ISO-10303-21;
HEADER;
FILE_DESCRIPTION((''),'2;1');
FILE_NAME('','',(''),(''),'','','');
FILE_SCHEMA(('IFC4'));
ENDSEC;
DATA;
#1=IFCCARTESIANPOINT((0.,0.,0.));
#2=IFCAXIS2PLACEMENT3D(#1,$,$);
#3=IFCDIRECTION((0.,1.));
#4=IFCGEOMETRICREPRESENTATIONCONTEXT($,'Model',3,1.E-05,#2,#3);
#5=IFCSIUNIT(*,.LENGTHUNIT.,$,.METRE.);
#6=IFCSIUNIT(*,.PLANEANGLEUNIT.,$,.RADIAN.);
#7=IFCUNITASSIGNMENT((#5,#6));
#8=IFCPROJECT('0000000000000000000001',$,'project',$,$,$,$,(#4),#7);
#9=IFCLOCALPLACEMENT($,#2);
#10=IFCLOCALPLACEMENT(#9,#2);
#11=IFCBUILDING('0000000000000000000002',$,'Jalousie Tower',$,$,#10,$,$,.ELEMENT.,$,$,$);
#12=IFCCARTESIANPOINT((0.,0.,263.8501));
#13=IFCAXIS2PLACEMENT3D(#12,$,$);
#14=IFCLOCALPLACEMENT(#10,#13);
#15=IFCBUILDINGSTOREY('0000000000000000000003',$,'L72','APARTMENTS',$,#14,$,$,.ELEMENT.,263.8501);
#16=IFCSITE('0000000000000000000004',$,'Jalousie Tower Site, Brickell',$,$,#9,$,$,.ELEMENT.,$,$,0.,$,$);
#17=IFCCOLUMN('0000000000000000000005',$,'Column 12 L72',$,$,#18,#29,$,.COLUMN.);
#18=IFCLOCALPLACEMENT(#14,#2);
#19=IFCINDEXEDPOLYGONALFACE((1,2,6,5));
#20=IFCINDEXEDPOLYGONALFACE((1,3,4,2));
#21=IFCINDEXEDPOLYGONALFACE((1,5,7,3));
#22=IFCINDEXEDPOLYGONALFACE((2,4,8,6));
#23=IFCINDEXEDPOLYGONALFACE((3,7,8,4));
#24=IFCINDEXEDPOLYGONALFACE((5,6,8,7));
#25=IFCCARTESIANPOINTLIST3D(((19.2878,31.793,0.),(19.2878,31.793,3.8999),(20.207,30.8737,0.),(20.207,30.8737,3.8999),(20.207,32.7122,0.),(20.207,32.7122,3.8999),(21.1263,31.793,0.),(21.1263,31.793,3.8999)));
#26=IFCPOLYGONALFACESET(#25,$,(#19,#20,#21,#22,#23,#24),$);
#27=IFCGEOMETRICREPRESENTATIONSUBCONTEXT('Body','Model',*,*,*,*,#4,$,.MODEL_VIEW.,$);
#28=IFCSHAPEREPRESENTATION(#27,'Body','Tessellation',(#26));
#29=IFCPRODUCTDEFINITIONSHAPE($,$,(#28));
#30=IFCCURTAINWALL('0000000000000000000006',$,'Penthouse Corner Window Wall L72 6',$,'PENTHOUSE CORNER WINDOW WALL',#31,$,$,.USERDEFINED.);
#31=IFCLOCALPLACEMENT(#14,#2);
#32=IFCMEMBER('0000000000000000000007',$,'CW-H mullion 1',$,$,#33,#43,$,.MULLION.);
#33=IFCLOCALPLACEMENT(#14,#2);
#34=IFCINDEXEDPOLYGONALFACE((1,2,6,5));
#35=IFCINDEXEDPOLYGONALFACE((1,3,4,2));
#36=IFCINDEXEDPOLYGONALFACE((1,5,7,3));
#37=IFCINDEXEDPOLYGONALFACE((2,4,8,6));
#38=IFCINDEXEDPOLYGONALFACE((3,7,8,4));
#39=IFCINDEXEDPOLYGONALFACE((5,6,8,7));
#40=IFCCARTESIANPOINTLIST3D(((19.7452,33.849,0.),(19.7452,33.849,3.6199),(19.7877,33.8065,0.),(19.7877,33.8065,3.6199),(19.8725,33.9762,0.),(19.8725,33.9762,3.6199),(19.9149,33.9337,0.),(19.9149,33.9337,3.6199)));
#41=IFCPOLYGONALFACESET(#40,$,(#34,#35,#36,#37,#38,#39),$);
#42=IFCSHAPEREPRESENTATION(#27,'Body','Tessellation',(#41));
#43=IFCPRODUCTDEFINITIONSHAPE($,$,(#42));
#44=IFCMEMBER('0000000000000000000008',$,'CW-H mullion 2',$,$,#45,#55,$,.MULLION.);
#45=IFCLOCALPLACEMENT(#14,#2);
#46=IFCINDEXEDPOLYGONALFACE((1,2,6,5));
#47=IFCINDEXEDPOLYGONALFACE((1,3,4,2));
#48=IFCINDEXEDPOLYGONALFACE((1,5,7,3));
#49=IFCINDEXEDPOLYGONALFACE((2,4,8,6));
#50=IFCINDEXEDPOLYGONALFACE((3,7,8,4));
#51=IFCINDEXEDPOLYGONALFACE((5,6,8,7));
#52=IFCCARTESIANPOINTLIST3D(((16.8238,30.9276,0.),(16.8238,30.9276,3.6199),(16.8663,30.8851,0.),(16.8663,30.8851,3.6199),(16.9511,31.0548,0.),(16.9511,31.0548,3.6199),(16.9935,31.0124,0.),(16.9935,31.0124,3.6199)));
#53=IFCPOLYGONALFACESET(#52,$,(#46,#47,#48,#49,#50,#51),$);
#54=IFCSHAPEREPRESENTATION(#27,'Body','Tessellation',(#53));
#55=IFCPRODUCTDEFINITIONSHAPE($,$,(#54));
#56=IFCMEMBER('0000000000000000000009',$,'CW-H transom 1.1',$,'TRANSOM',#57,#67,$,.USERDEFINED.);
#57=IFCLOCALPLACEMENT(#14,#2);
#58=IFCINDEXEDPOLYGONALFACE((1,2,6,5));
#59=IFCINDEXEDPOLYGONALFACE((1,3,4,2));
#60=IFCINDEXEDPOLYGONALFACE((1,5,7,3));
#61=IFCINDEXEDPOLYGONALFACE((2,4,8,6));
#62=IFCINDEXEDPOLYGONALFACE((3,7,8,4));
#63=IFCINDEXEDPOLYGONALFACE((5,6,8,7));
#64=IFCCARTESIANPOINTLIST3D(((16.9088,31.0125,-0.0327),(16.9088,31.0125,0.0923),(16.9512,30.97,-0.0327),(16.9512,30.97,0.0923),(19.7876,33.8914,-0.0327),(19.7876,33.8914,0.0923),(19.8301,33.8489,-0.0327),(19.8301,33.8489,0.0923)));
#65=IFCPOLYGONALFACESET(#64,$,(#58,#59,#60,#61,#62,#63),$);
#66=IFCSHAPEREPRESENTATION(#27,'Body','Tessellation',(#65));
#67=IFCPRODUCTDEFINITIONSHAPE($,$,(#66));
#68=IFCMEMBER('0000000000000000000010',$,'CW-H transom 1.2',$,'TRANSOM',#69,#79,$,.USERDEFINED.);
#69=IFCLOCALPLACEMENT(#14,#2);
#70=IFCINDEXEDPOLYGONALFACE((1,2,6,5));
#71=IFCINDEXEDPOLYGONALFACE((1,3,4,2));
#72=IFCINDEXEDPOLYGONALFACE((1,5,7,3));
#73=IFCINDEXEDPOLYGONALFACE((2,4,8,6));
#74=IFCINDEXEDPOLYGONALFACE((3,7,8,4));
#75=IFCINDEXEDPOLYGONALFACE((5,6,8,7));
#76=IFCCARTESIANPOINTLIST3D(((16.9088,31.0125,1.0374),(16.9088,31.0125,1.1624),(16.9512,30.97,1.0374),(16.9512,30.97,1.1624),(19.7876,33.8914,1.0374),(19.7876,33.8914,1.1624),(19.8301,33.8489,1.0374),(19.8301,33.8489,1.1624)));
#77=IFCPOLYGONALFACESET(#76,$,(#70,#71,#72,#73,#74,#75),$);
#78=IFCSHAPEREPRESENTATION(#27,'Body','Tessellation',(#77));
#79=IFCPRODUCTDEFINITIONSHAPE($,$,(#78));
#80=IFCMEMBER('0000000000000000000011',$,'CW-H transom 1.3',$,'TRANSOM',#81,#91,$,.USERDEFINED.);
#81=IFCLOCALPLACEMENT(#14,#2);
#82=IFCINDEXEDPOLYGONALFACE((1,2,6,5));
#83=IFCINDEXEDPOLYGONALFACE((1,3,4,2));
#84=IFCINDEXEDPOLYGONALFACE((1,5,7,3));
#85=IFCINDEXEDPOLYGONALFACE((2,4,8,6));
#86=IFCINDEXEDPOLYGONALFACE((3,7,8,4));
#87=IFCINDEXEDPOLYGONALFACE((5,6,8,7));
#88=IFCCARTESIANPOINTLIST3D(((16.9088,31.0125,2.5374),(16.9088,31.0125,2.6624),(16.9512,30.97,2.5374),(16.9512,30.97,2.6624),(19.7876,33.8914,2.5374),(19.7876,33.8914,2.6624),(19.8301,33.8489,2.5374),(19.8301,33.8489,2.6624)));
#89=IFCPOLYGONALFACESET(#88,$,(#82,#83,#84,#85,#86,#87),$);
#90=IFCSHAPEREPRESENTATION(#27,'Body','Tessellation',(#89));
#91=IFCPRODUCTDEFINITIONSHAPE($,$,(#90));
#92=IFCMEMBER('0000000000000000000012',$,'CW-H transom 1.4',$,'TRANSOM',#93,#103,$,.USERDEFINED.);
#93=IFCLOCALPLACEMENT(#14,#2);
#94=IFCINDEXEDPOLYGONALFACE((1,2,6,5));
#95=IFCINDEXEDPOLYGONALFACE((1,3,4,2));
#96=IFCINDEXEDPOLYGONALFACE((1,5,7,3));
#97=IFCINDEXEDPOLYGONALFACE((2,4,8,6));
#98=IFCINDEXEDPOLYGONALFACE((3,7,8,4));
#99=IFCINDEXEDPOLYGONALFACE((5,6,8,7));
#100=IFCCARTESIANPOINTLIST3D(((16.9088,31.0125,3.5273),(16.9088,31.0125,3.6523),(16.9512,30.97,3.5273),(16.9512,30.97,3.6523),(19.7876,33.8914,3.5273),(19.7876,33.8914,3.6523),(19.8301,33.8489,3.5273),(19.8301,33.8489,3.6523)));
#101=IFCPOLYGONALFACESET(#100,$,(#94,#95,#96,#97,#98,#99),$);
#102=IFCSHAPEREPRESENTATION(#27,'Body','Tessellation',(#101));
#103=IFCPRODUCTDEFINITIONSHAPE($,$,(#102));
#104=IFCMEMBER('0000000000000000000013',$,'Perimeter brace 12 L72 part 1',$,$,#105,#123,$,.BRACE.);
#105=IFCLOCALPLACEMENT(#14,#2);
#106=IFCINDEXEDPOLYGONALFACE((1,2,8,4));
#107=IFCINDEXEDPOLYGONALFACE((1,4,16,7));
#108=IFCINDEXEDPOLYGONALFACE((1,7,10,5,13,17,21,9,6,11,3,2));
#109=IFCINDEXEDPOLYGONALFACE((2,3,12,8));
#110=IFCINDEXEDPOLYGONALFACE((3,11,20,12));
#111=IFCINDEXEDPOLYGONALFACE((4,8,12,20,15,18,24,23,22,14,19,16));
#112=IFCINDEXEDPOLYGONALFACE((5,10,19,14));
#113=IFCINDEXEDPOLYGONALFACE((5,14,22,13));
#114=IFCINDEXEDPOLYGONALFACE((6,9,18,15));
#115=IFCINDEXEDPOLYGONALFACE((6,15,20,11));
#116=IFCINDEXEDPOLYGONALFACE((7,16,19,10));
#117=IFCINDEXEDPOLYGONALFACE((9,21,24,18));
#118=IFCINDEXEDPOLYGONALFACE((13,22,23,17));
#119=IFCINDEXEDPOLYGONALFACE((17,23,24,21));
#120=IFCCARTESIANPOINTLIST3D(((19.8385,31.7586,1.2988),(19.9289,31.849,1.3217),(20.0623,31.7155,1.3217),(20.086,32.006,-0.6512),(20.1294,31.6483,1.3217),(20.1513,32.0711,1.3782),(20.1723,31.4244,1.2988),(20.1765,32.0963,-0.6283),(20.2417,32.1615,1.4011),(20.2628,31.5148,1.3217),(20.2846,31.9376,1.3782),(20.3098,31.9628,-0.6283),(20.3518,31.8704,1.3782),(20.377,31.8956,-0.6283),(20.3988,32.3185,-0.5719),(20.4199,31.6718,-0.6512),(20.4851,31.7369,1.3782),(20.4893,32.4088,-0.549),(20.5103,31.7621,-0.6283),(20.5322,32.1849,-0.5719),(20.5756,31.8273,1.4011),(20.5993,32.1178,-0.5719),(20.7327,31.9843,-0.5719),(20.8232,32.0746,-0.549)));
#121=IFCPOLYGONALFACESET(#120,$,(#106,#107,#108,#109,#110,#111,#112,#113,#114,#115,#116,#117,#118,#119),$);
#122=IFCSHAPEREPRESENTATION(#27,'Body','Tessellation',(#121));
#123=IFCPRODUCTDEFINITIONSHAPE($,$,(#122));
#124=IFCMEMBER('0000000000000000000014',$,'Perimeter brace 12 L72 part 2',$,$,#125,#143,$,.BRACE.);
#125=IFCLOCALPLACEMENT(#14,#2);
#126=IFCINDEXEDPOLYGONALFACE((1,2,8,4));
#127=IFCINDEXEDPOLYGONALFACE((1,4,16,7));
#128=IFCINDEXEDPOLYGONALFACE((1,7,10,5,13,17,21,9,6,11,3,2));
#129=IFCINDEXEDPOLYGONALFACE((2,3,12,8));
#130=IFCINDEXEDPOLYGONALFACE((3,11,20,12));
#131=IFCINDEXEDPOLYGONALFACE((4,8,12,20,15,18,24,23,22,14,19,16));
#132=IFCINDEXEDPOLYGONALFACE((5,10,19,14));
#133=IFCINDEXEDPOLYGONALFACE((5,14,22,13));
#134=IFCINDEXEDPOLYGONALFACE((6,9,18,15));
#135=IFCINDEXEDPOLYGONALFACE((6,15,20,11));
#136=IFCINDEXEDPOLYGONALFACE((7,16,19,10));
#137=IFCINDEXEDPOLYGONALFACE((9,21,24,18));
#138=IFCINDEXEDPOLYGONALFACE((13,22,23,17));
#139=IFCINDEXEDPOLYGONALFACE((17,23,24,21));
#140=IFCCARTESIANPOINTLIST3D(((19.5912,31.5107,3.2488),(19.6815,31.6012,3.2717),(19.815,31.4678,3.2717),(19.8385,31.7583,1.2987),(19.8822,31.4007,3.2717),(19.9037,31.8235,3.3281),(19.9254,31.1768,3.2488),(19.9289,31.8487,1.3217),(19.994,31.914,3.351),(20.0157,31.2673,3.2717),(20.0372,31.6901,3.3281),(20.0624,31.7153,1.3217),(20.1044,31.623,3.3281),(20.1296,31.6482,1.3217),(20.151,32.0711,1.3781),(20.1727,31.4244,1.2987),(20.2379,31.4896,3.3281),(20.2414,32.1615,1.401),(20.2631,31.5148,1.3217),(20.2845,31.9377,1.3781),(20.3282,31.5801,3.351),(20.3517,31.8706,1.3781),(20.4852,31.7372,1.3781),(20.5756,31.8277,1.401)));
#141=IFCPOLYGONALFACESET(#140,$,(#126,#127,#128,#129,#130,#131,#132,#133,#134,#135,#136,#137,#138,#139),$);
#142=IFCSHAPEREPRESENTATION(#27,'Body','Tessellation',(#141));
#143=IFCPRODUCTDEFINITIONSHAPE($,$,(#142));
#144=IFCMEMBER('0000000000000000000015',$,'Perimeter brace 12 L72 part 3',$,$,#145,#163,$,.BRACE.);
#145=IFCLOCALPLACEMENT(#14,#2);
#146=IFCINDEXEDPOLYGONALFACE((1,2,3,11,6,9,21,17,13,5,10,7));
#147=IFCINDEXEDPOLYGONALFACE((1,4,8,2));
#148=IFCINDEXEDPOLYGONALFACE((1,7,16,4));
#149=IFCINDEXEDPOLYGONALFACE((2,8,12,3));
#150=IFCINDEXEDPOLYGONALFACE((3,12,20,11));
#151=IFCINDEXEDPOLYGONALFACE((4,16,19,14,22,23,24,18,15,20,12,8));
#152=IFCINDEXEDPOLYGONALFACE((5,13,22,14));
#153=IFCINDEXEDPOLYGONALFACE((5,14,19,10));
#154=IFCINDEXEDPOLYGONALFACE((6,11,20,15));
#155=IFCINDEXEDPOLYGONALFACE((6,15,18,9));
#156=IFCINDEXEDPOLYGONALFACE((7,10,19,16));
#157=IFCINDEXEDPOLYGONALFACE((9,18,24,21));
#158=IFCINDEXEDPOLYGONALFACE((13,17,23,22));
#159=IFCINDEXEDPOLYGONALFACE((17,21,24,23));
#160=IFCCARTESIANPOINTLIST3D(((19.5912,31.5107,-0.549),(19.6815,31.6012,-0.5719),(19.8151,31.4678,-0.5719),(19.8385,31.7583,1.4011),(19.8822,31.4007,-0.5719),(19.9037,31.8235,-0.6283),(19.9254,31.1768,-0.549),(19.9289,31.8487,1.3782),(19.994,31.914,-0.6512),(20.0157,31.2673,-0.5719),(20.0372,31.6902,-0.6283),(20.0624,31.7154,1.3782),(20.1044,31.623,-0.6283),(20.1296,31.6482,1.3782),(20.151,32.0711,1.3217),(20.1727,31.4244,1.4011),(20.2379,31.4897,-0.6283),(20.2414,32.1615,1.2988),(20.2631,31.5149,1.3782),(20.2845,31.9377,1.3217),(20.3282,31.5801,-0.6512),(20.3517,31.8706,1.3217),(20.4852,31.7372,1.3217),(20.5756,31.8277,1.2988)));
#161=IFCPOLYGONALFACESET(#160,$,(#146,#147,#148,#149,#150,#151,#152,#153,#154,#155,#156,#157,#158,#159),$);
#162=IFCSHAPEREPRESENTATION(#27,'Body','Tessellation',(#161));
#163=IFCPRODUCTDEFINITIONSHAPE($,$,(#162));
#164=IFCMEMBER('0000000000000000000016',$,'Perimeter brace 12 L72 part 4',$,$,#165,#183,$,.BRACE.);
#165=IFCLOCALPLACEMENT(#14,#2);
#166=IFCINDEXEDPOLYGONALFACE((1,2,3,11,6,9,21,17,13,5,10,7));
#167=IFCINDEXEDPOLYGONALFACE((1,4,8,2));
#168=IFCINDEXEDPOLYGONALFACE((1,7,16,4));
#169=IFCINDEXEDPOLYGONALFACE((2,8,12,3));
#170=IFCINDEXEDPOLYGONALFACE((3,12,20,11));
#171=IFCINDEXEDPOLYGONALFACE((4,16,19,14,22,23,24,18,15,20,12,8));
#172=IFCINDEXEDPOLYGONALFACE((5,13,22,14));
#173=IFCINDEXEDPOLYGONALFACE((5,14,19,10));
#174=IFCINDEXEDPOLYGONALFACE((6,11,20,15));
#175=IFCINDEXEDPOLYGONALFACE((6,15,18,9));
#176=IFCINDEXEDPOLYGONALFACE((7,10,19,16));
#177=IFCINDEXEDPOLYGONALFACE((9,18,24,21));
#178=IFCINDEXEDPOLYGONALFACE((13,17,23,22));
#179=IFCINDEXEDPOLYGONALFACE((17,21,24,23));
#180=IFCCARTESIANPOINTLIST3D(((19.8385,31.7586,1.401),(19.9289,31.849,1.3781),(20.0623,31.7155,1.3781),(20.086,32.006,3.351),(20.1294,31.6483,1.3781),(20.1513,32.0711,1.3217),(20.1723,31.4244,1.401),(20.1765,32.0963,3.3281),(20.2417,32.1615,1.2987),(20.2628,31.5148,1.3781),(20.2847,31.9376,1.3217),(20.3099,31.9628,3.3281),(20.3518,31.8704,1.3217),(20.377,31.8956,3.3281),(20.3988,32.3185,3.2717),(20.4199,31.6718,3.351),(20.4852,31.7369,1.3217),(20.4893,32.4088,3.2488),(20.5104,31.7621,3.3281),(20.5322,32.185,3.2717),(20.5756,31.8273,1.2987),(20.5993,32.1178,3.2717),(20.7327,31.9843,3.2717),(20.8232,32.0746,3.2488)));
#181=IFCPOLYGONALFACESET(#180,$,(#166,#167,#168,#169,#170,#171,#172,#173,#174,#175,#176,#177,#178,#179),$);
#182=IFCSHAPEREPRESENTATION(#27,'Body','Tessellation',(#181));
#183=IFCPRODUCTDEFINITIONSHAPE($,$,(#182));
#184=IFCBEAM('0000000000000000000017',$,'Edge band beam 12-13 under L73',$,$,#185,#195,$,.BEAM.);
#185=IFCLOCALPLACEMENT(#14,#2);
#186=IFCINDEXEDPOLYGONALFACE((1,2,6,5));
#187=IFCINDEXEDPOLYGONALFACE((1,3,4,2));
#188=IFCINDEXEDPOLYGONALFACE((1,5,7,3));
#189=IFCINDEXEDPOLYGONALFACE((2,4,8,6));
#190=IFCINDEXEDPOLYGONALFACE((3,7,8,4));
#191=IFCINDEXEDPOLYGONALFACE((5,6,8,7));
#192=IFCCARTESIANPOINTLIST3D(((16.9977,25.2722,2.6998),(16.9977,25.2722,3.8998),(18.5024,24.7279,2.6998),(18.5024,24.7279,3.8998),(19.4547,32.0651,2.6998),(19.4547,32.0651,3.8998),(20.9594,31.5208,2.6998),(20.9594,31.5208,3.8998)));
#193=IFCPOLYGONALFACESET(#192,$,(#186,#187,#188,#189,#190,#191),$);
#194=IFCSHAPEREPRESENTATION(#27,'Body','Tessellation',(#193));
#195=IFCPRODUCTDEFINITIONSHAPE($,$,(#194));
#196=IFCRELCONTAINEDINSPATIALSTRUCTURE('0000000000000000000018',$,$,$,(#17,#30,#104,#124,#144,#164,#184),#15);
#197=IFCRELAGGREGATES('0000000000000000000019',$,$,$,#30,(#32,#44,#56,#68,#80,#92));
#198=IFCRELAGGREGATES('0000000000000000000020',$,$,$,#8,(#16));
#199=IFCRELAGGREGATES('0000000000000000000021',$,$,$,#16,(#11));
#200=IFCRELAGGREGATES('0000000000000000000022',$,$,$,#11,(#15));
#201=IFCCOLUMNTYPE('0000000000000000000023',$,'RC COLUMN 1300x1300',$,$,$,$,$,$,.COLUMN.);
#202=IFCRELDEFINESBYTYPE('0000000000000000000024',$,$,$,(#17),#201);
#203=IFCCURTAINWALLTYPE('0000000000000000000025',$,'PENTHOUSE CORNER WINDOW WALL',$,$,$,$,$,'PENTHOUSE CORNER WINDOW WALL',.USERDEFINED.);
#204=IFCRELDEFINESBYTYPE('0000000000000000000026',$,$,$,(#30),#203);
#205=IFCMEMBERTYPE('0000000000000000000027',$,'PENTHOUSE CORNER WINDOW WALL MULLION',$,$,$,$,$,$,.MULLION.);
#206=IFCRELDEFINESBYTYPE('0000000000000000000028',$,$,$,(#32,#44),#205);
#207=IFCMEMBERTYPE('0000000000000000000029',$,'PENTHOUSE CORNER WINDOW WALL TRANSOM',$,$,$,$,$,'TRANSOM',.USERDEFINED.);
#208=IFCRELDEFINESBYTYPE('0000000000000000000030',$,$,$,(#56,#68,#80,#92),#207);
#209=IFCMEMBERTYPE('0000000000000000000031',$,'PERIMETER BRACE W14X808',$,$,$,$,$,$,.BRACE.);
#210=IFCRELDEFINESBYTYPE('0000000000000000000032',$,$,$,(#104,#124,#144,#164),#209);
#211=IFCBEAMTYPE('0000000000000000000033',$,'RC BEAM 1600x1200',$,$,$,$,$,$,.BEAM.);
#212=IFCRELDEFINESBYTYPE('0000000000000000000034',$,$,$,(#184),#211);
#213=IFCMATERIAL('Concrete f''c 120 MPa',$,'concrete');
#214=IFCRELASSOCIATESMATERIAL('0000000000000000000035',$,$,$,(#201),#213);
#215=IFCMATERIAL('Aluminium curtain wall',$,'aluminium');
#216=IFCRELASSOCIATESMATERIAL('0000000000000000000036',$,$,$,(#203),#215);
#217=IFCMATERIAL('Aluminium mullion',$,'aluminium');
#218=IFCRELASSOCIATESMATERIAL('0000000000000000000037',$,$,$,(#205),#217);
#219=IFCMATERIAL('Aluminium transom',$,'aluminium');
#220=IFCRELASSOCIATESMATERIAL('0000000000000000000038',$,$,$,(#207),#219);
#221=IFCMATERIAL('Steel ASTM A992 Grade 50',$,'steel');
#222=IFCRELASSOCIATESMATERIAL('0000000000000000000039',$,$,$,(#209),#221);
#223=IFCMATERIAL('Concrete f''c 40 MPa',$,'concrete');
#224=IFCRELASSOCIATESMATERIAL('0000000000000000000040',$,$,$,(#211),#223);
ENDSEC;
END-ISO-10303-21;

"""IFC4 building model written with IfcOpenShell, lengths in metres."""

from ifc_helpers import new_model, si_unit, direction, frame, origin, origin_2d, place, context, subcontext, project, spatial, rectangle, i_section, extrude, material, material_profile, profile_set, type_object, element, aggregate, save


model = new_model("IFC4")

# Units and contexts
model_context = context("Model", 3, precision=1e-05, world=origin(), true_north=direction((0.0, 1.0)))
body_context = subcontext(model_context, "Body", "Model", "MODEL_VIEW")
ifc_project = project(units=[si_unit("LENGTHUNIT", "METRE"), si_unit("PLANEANGLEUNIT", "RADIAN")], contexts=[model_context])

# Site, building, storey
site_placement = place(None, origin())
site = spatial("IfcSite", under=ifc_project, at=site_placement, Name="Jalousie Tower Site, Brickell", CompositionType="ELEMENT", RefElevation=0.0)
building_placement = place(site_placement, origin())
building = spatial("IfcBuilding", under=site, at=building_placement, Name="Jalousie Tower", CompositionType="ELEMENT")
storey_placement = place(building_placement, frame((0.0, 0.0, 263.8501)))
storey = spatial("IfcBuildingStorey", under=building, at=storey_placement, Name="L72", Description="APARTMENTS", CompositionType="ELEMENT", Elevation=263.8501)

# Column
ifc_material_1 = material(Name="Concrete f'c 120 MPa", Category="concrete")
ifc_material_profile_1 = material_profile(ifc_material_1, rectangle(XDim=1.3, YDim=1.3, at=origin_2d()), Name="RC 1300x1300")
ifc_profile_set_1 = profile_set([ifc_material_profile_1], Name="Concrete f'c 120 MPa")
column_type = type_object("IfcColumnType", Name="RC COLUMN 1300x1300", PredefinedType="COLUMN", material=ifc_profile_set_1)
column_placement = place(storey_placement, frame((20.207, 31.793, 0.0), z_axis=(0.0, 0.0, 1.0), x_axis=(0.707107, 0.707107, 0.0)))
element("IfcColumn", 1, at=column_placement, inside=storey, type_object=column_type, Name="Column 12 L72", PredefinedType="COLUMN", context=body_context, shape_type="SweptSolid", body=[
    extrude(rectangle(XDim=1.3, YDim=1.3, at=origin_2d()), origin(), (0.0, 0.0, 1.0), 3.8999),
])

# Curtain wall, members
ifc_material_2 = material(Name="Aluminium curtain wall", Category="aluminium")
curtain_wall_type_1 = type_object("IfcCurtainWallType", Name="PENTHOUSE CORNER WINDOW WALL", ElementType="PENTHOUSE CORNER WINDOW WALL", PredefinedType="USERDEFINED", material=ifc_material_2)
curtain_wall_1_placement = place(storey_placement, origin())
curtain_wall_1 = element("IfcCurtainWall", 2, at=curtain_wall_1_placement, inside=storey, type_object=curtain_wall_type_1, Name="Penthouse Corner Window Wall L72 6", ObjectType="PENTHOUSE CORNER WINDOW WALL", PredefinedType="USERDEFINED")
ifc_material_3 = material(Name="Aluminium mullion", Category="aluminium")
ifc_material_profile_2 = material_profile(ifc_material_3, rectangle(XDim=0.0601, YDim=0.1799, at=origin_2d()), Name="MULLION 60x180")
ifc_profile_set_2 = profile_set([ifc_material_profile_2], Name="Aluminium mullion")
member_type_1 = type_object("IfcMemberType", Name="PENTHOUSE CORNER WINDOW WALL MULLION", PredefinedType="MULLION", material=ifc_profile_set_2)
member_1_placement = place(storey_placement, frame((19.8301, 33.8914, 0.0), z_axis=(0.0, 0.0, 1.0), x_axis=(0.707107, -0.707107, 0.0)))
member_1 = element("IfcMember", 3, at=member_1_placement, type_object=member_type_1, Name="CW-H mullion 1", PredefinedType="MULLION", context=body_context, shape_type="SweptSolid", body=[
    extrude(rectangle(XDim=0.0601, YDim=0.1799, at=origin_2d()), origin(), (0.0, 0.0, 1.0), 3.6199),
])
member_2_placement = place(storey_placement, frame((16.9087, 30.97, 0.0), z_axis=(0.0, 0.0, 1.0), x_axis=(0.707107, -0.707107, 0.0)))
member_2 = element("IfcMember", 4, at=member_2_placement, type_object=member_type_1, Name="CW-H mullion 2", PredefinedType="MULLION", context=body_context, shape_type="SweptSolid", body=[
    extrude(rectangle(XDim=0.0601, YDim=0.1799, at=origin_2d()), origin(), (0.0, 0.0, 1.0), 3.6199),
])
ifc_material_4 = material(Name="Aluminium transom", Category="aluminium")
ifc_material_profile_3 = material_profile(ifc_material_4, rectangle(XDim=0.0601, YDim=0.125, at=origin_2d()), Name="TRANSOM 60x125")
ifc_profile_set_3 = profile_set([ifc_material_profile_3], Name="Aluminium transom")
member_type_2 = type_object("IfcMemberType", Name="PENTHOUSE CORNER WINDOW WALL TRANSOM", ElementType="TRANSOM", PredefinedType="USERDEFINED", material=ifc_profile_set_3)
member_3_placement = place(storey_placement, frame((19.8088, 33.8701, 0.0298), z_axis=(-0.707107, -0.707107, 0.0), x_axis=(0.707107, -0.707107, 0.0)))
member_3 = element("IfcMember", 5, at=member_3_placement, type_object=member_type_2, Name="CW-H transom 1.1", ObjectType="TRANSOM", PredefinedType="USERDEFINED", context=body_context, shape_type="SweptSolid", body=[
    extrude(rectangle(XDim=0.0601, YDim=0.125, at=origin_2d()), origin(), (0.0, 0.0, 1.0), 4.0713),
])
member_4_placement = place(storey_placement, frame((19.8088, 33.8701, 1.0999), z_axis=(-0.707107, -0.707107, 0.0), x_axis=(0.707107, -0.707107, 0.0)))
member_4 = element("IfcMember", 6, at=member_4_placement, type_object=member_type_2, Name="CW-H transom 1.2", ObjectType="TRANSOM", PredefinedType="USERDEFINED", context=body_context, shape_type="SweptSolid", body=[
    extrude(rectangle(XDim=0.0601, YDim=0.125, at=origin_2d()), origin(), (0.0, 0.0, 1.0), 4.0713),
])
member_5_placement = place(storey_placement, frame((19.8088, 33.8701, 2.5999), z_axis=(-0.707107, -0.707107, 0.0), x_axis=(0.707107, -0.707107, 0.0)))
member_5 = element("IfcMember", 7, at=member_5_placement, type_object=member_type_2, Name="CW-H transom 1.3", ObjectType="TRANSOM", PredefinedType="USERDEFINED", context=body_context, shape_type="SweptSolid", body=[
    extrude(rectangle(XDim=0.0601, YDim=0.125, at=origin_2d()), origin(), (0.0, 0.0, 1.0), 4.0713),
])
member_6_placement = place(storey_placement, frame((19.8088, 33.8701, 3.5898), z_axis=(-0.707107, -0.707107, 0.0), x_axis=(0.707107, -0.707107, 0.0)))
member_6 = element("IfcMember", 8, at=member_6_placement, type_object=member_type_2, Name="CW-H transom 1.4", ObjectType="TRANSOM", PredefinedType="USERDEFINED", context=body_context, shape_type="SweptSolid", body=[
    extrude(rectangle(XDim=0.0601, YDim=0.125, at=origin_2d()), origin(), (0.0, 0.0, 1.0), 4.0713),
])

# Members
ifc_material_5 = material(Name="Steel ASTM A992 Grade 50", Category="steel")
ifc_material_profile_4 = material_profile(ifc_material_5, i_section(OverallWidth=0.4724, OverallDepth=0.5791, WebThickness=0.095, FlangeThickness=0.1299, at=origin_2d()), Name="W14X808")
ifc_profile_set_4 = profile_set([ifc_material_profile_4], Name="Steel ASTM A992 Grade 50")
member_type_3 = type_object("IfcMemberType", Name="PERIMETER BRACE W14X808", PredefinedType="BRACE", material=ifc_profile_set_4)
for number, where, z_axis, x_axis, name in (
    (9, (20.4546, 32.0403, -0.6001), (-0.12496, -0.124837, 0.984277), (0.706758, -0.707456, 0.0), "Perimeter brace 12 L72 part 1"),
    (10, (20.207, 31.793, 1.3499), (-0.124837, -0.12496, 0.984277), (0.707456, -0.706758, 0.0), "Perimeter brace 12 L72 part 2"),
    (11, (19.9597, 31.5454, -0.6001), (0.124837, 0.12496, 0.984277), (-0.707456, 0.706758, 0.0), "Perimeter brace 12 L72 part 3"),
    (12, (20.207, 31.793, 1.3499), (0.12496, 0.124837, 0.984277), (-0.706758, 0.707456, 0.0), "Perimeter brace 12 L72 part 4"),
):
    element("IfcMember", number, at=place(storey_placement, frame(where, z_axis=z_axis, x_axis=x_axis)), inside=storey, type_object=member_type_3, Name=name, PredefinedType="BRACE", context=body_context, shape_type="SweptSolid", body=[
        extrude(i_section(OverallWidth=0.4724, OverallDepth=0.5791, WebThickness=0.095, FlangeThickness=0.1299, at=origin_2d()), origin(), (0.0, 0.0, 1.0), 1.9812),
    ])

# Beam
ifc_material_6 = material(Name="Concrete f'c 40 MPa", Category="concrete")
ifc_material_profile_5 = material_profile(ifc_material_6, rectangle(XDim=1.6001, YDim=1.2, at=origin_2d()), Name="RC 1600x1200")
ifc_profile_set_5 = profile_set([ifc_material_profile_5], Name="Concrete f'c 40 MPa")
beam_type_1 = type_object("IfcBeamType", Name="RC BEAM 1600x1200", PredefinedType="BEAM", material=ifc_profile_set_5)
beam_1_placement = place(storey_placement, frame((20.207, 31.793, 3.2998), z_axis=(-0.340136, -0.940376, 0.0), x_axis=(0.940376, -0.340136, 0.0)))
element("IfcBeam", 13, at=beam_1_placement, inside=storey, type_object=beam_type_1, Name="Edge band beam 12-13 under L73", PredefinedType="BEAM", context=body_context, shape_type="SweptSolid", body=[
    extrude(rectangle(XDim=1.6001, YDim=1.2, at=origin_2d()), origin(), (0.0, 0.0, 1.0), 7.2236),
])

aggregate(curtain_wall_1, [member_1, member_2, member_3, member_4, member_5, member_6])

save(model, "model.ifc")
